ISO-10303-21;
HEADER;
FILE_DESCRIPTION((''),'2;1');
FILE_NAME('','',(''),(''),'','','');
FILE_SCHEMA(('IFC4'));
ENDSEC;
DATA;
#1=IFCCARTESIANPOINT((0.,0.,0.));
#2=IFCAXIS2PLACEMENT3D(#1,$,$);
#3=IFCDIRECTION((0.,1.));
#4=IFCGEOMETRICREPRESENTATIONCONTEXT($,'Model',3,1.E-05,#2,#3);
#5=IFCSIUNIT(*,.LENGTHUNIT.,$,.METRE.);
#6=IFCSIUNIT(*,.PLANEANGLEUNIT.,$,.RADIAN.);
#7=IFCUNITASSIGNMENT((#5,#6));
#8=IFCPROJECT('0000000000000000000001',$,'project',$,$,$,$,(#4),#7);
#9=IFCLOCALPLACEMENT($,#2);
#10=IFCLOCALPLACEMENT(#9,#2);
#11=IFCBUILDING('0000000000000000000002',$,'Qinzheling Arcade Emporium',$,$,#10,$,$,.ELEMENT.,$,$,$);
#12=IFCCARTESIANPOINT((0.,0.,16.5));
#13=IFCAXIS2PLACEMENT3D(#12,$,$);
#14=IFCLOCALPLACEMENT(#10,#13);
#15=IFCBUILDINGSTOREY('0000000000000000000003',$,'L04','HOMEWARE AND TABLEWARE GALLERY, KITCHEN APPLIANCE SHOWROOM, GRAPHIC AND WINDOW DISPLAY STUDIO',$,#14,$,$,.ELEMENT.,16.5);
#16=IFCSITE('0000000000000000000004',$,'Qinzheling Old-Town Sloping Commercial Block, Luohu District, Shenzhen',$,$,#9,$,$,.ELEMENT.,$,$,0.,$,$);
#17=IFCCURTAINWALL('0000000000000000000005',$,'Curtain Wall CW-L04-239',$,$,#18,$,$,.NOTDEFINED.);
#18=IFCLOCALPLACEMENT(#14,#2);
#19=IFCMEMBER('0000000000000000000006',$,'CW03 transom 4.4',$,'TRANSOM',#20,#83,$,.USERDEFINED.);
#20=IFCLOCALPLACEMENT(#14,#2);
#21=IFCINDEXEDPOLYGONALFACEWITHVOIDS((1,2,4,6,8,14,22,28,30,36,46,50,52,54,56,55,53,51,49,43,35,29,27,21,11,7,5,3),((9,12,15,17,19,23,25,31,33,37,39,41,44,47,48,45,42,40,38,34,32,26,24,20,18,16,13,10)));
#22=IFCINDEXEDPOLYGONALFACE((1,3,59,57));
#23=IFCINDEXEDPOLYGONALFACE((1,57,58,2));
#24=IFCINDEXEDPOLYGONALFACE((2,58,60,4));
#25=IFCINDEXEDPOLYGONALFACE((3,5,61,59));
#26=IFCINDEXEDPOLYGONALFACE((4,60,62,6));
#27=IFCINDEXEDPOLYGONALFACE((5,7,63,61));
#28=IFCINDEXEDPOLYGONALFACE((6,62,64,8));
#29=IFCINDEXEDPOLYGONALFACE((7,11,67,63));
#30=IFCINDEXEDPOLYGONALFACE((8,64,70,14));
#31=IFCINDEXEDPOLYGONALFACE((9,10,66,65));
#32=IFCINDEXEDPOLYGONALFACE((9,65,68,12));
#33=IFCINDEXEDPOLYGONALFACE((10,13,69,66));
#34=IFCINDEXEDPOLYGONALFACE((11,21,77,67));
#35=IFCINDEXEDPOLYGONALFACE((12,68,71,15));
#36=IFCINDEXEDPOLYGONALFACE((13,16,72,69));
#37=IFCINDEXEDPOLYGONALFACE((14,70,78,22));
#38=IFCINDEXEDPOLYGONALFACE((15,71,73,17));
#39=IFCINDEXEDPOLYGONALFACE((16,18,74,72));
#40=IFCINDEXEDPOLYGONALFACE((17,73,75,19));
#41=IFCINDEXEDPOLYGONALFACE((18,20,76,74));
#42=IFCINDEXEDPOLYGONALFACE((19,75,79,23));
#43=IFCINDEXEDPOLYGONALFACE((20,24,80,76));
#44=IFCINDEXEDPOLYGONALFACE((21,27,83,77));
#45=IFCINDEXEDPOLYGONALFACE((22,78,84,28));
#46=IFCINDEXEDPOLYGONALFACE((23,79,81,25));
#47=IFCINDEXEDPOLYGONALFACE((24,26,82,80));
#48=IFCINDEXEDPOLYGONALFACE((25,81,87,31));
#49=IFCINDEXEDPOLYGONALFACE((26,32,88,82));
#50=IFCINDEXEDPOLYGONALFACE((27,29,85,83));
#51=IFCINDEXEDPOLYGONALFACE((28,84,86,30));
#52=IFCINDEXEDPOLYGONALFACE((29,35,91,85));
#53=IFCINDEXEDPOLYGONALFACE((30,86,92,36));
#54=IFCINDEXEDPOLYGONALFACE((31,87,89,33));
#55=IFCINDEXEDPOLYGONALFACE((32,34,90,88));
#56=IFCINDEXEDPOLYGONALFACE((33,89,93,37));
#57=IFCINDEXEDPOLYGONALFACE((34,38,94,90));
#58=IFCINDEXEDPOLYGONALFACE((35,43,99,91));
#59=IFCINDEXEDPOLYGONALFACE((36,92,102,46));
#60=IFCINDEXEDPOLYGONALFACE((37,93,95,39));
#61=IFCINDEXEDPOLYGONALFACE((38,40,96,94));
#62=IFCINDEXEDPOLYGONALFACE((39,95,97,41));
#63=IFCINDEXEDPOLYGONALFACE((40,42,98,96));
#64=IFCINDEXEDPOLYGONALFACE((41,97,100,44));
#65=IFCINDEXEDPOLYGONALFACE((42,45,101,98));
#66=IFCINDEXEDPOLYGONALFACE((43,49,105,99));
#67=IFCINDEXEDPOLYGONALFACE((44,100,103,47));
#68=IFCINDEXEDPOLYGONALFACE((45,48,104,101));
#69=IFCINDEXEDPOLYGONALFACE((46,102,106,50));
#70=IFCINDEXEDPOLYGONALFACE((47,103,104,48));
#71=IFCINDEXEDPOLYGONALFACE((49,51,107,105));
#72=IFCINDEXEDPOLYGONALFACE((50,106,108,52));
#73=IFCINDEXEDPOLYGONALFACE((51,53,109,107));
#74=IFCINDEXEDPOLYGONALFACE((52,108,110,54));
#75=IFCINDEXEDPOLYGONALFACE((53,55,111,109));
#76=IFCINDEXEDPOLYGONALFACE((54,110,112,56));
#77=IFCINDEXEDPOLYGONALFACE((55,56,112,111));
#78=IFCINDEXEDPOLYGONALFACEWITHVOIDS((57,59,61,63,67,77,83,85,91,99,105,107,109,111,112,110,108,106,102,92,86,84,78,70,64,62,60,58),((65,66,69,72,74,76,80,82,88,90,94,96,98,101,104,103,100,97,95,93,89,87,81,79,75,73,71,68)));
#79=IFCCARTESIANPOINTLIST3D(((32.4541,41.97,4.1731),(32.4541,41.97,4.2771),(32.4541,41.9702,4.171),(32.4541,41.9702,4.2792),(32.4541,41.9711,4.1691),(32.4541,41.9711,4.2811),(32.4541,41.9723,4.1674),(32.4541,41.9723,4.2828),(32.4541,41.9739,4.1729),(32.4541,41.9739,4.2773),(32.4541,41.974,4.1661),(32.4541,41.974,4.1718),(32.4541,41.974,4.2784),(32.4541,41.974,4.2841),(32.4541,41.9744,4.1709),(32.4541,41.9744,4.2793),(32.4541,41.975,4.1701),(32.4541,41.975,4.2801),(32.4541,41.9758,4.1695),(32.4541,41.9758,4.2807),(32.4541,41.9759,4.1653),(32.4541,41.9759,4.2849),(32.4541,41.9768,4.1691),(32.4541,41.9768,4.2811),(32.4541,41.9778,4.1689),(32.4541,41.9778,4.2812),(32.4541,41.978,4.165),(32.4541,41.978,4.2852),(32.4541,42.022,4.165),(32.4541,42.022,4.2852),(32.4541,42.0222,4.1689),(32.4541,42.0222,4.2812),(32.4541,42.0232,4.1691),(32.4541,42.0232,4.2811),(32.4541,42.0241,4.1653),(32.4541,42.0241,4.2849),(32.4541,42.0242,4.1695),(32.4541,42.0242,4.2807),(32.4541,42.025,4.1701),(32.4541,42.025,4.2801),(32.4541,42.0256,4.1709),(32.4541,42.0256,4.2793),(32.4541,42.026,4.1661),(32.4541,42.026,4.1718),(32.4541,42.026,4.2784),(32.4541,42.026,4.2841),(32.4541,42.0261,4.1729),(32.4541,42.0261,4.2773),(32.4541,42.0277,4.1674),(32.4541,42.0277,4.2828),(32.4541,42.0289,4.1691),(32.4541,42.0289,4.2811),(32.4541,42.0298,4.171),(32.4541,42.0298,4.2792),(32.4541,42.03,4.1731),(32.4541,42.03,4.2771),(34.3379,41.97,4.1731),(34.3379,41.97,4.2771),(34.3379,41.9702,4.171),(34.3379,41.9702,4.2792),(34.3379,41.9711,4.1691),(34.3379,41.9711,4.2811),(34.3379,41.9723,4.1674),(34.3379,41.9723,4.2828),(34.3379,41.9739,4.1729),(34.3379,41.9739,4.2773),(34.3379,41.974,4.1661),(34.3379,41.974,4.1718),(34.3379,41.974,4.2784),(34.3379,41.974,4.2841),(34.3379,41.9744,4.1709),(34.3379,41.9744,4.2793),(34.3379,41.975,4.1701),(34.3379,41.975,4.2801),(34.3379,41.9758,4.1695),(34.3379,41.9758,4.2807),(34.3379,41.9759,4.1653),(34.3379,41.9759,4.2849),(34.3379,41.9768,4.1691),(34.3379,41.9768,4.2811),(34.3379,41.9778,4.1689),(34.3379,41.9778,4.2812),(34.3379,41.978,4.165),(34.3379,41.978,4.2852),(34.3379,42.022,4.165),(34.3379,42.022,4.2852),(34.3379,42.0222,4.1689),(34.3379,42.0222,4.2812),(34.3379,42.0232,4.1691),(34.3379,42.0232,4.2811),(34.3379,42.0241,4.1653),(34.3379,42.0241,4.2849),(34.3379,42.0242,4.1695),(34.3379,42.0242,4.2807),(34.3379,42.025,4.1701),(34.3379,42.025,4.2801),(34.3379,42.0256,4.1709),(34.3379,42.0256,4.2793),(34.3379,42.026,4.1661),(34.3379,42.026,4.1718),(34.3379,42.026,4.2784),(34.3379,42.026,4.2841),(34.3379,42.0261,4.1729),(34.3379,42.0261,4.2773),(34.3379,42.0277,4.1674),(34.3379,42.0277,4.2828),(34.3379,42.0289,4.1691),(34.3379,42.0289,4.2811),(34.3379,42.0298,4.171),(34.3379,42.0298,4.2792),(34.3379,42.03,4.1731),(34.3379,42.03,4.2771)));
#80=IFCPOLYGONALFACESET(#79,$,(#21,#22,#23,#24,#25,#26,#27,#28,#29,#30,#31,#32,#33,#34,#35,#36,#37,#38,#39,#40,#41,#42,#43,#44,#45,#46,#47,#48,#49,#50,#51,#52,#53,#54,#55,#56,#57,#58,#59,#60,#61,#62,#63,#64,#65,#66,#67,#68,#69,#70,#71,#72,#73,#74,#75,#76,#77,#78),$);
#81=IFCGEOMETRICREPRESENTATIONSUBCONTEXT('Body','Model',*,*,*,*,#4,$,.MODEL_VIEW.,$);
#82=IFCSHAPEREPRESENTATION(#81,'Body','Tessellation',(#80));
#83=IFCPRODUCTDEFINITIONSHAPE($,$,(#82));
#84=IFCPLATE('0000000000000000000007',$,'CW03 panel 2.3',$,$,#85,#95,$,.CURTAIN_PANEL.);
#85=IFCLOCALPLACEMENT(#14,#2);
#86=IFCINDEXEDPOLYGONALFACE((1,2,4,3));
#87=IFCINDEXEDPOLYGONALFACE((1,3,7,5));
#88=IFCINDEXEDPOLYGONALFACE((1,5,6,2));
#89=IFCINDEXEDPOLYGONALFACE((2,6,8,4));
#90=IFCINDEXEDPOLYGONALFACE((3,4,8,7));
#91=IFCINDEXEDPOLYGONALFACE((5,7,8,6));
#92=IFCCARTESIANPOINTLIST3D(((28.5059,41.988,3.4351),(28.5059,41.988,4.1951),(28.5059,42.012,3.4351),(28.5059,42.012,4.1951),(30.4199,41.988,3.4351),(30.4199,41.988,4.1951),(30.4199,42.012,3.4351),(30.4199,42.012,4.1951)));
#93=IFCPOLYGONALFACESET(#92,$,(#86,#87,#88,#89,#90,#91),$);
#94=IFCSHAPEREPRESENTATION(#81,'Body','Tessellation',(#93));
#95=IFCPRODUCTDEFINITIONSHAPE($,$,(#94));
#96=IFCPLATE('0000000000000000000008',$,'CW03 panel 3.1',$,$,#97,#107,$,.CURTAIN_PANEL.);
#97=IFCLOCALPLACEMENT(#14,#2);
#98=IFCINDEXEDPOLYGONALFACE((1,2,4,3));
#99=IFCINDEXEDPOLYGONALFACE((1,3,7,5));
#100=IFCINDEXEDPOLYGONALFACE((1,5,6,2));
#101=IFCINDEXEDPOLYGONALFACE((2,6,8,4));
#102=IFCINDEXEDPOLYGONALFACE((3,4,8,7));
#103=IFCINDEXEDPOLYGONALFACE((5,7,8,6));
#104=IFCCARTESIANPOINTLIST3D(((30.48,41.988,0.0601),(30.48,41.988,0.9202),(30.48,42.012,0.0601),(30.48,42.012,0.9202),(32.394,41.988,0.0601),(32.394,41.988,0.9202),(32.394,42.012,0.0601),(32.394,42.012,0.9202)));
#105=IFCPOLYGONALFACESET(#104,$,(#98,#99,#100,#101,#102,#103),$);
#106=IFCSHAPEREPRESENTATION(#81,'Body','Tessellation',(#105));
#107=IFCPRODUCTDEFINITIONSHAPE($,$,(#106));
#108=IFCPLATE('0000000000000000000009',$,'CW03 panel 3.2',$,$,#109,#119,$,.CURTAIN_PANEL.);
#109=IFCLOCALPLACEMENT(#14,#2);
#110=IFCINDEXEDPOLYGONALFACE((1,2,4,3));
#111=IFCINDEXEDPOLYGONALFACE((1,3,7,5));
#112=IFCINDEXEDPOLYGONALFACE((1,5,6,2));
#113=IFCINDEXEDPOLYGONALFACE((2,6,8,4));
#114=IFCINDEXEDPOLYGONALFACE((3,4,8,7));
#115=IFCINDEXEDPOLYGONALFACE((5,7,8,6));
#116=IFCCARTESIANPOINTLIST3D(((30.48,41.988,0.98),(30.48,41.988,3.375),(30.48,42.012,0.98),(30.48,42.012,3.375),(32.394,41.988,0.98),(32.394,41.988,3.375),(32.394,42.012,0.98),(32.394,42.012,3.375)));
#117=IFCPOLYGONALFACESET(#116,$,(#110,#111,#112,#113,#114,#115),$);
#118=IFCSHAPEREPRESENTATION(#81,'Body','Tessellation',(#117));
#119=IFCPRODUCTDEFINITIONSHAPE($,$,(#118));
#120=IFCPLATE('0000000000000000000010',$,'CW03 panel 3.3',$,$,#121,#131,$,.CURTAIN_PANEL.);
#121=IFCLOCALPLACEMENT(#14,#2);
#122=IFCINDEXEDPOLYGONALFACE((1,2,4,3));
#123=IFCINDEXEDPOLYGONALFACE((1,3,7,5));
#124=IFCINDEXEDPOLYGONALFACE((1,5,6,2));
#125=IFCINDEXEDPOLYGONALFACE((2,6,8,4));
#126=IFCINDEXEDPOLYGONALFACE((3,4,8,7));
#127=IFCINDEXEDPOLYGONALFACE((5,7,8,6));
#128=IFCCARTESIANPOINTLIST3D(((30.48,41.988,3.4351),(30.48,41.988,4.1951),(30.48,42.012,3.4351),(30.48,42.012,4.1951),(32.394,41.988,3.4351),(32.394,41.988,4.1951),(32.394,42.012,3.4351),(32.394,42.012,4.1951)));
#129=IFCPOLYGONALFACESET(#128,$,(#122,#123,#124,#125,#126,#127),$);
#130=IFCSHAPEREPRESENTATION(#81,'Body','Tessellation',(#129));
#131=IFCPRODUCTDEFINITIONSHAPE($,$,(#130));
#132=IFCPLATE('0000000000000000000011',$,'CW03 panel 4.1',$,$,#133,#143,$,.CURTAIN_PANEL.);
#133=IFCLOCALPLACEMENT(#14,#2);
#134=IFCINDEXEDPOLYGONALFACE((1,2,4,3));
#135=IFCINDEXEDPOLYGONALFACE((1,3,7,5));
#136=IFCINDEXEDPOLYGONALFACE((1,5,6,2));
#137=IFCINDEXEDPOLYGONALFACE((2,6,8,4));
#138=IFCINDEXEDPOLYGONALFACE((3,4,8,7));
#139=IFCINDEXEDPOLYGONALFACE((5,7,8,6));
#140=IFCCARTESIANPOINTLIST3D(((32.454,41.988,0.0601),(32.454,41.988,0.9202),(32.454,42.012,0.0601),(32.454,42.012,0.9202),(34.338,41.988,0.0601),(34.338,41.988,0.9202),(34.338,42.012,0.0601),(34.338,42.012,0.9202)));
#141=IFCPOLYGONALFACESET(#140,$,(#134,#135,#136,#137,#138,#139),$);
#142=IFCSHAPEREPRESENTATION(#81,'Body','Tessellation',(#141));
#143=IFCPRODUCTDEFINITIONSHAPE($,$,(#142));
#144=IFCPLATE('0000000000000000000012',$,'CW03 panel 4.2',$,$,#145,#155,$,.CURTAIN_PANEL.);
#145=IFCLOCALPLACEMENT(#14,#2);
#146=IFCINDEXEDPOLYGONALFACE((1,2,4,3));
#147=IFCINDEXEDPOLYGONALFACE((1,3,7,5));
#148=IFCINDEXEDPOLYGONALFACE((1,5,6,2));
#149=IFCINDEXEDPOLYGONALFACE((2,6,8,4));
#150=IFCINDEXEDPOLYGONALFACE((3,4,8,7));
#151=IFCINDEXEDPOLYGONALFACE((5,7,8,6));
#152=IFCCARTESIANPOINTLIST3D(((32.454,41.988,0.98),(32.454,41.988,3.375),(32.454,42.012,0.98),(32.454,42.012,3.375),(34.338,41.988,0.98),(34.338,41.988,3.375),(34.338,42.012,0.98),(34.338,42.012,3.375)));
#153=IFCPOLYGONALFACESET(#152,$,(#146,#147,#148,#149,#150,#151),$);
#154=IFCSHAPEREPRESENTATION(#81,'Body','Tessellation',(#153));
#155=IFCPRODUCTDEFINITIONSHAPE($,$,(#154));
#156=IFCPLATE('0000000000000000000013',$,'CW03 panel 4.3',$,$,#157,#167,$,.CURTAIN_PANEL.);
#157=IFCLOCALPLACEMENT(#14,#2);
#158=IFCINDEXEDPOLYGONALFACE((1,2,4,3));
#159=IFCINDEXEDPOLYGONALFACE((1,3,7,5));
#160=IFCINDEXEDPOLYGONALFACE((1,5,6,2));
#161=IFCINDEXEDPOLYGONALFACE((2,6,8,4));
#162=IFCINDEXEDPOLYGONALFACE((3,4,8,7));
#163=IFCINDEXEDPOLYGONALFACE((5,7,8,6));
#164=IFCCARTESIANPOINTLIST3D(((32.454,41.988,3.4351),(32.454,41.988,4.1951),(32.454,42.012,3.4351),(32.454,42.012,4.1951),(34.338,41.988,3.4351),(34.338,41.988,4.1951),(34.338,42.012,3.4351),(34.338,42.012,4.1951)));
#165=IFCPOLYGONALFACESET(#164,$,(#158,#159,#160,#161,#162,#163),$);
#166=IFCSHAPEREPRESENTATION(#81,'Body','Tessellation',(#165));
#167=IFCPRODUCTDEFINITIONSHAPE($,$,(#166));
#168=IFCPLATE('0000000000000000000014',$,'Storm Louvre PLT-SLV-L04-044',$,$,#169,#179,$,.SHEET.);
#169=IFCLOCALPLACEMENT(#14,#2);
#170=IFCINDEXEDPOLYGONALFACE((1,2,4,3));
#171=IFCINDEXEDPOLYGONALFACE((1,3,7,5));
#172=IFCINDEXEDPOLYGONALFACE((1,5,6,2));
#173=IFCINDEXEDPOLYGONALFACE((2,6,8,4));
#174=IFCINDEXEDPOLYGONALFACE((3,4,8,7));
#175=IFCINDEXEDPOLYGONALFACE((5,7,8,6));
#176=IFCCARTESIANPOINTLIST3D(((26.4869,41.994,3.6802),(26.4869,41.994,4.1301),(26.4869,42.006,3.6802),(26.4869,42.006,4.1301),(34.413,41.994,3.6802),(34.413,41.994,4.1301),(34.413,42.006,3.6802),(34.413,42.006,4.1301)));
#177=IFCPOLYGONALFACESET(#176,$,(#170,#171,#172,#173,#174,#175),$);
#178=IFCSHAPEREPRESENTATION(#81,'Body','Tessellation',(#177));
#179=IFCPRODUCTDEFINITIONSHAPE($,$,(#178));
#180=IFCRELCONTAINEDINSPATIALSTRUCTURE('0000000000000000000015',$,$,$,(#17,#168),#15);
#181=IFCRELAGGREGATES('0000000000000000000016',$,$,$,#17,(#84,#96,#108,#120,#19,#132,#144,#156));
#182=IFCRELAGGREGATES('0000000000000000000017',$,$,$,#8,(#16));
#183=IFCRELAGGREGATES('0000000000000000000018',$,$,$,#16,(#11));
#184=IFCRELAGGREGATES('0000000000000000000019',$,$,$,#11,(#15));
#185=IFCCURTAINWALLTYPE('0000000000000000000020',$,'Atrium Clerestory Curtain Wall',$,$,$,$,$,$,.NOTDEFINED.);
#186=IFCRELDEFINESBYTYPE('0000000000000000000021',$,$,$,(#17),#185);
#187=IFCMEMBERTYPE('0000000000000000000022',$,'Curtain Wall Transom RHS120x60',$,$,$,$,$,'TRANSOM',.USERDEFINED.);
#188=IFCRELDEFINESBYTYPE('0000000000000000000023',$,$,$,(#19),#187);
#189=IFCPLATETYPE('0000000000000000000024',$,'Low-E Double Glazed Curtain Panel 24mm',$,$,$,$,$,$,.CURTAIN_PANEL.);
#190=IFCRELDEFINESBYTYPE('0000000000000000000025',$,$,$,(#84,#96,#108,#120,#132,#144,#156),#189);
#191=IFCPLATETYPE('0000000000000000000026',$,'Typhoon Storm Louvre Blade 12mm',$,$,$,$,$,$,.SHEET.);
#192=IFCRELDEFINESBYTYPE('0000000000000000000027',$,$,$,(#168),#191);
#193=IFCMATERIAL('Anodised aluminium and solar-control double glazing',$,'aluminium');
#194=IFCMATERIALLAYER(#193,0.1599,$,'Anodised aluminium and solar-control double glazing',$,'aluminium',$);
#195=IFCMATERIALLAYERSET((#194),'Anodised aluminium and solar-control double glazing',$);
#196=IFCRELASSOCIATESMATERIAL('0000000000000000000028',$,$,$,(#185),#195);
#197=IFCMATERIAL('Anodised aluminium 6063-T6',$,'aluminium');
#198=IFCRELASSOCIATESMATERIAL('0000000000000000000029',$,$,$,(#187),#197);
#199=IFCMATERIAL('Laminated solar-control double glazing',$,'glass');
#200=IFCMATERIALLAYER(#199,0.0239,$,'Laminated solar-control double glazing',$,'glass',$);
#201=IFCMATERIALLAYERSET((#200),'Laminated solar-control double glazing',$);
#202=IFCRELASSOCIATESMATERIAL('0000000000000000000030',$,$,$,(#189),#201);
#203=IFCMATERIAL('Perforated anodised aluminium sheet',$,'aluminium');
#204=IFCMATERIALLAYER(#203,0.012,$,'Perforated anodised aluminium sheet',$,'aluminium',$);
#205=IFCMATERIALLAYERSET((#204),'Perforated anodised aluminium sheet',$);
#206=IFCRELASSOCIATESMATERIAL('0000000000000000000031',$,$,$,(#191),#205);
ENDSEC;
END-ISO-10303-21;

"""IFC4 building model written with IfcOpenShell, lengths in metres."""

from ifc_helpers import new_model, si_unit, direction, frame, origin, origin_2d, place, context, subcontext, project, spatial, rectangle, hollow_rectangle, extrude, material, layer, layer_set, material_profile, profile_set, type_object, element, aggregate, save


model = new_model("IFC4")

# Units and contexts
model_context = context("Model", 3, precision=1e-05, world=origin(), true_north=direction((0.0, 1.0)))
body_context = subcontext(model_context, "Body", "Model", "MODEL_VIEW")
ifc_project = project(units=[si_unit("LENGTHUNIT", "METRE"), si_unit("PLANEANGLEUNIT", "RADIAN")], contexts=[model_context])

# Site, building, storey
site_placement = place(None, origin())
site = spatial("IfcSite", under=ifc_project, at=site_placement, Name="Qinzheling Old-Town Sloping Commercial Block, Luohu District, Shenzhen", CompositionType="ELEMENT", RefElevation=0.0)
building_placement = place(site_placement, origin())
building = spatial("IfcBuilding", under=site, at=building_placement, Name="Qinzheling Arcade Emporium", CompositionType="ELEMENT")
storey_placement = place(building_placement, frame((0.0, 0.0, 16.5)))
storey = spatial("IfcBuildingStorey", under=building, at=storey_placement, Name="L04", Description="HOMEWARE AND TABLEWARE GALLERY, KITCHEN APPLIANCE SHOWROOM, GRAPHIC AND WINDOW DISPLAY STUDIO", CompositionType="ELEMENT", Elevation=16.5)

# Curtain wall, member, plates
ifc_material_1 = material(Name="Anodised aluminium and solar-control double glazing", Category="aluminium")
ifc_layer_1 = layer(ifc_material_1, 0.1599, Name="Anodised aluminium and solar-control double glazing", Category="aluminium")
ifc_layer_set_1 = layer_set([ifc_layer_1], Name="Anodised aluminium and solar-control double glazing")
curtain_wall_type = type_object("IfcCurtainWallType", Name="Atrium Clerestory Curtain Wall", PredefinedType="NOTDEFINED", material=ifc_layer_set_1)
curtain_wall_placement = place(storey_placement, origin())
curtain_wall = element("IfcCurtainWall", 1, at=curtain_wall_placement, inside=storey, type_object=curtain_wall_type, Name="Curtain Wall CW-L04-239", PredefinedType="NOTDEFINED")
ifc_material_2 = material(Name="Anodised aluminium 6063-T6", Category="aluminium")
ifc_material_profile_1 = material_profile(ifc_material_2, hollow_rectangle(XDim=0.0601, YDim=0.1201, WallThickness=0.0039, InnerFilletRadius=0.0039, OuterFilletRadius=0.0081, at=origin_2d()), Name="RHS 120x60x4", Category="aluminium")
ifc_profile_set_1 = profile_set([ifc_material_profile_1], Name="Anodised aluminium 6063-T6")
member_type_1 = type_object("IfcMemberType", Name="Curtain Wall Transom RHS120x60", ElementType="TRANSOM", PredefinedType="USERDEFINED", material=ifc_profile_set_1)
member_1_placement = place(storey_placement, frame((32.4541, 42.0, 4.2251), z_axis=(1.0, 0.0, 0.0), x_axis=(0.0, 1.0, 0.0)))
member_1 = element("IfcMember", 2, at=member_1_placement, type_object=member_type_1, Name="CW03 transom 4.4", ObjectType="TRANSOM", PredefinedType="USERDEFINED", context=body_context, shape_type="SweptSolid", body=[
    extrude(hollow_rectangle(XDim=0.0601, YDim=0.1201, WallThickness=0.0039, InnerFilletRadius=0.0039, OuterFilletRadius=0.0081, at=origin_2d()), origin(), (0.0, 0.0, 1.0), 1.8838),
])
ifc_material_3 = material(Name="Laminated solar-control double glazing", Category="glass")
ifc_layer_2 = layer(ifc_material_3, 0.0239, Name="Laminated solar-control double glazing", Category="glass")
ifc_layer_set_2 = layer_set([ifc_layer_2], Name="Laminated solar-control double glazing")
plate_type_1 = type_object("IfcPlateType", Name="Low-E Double Glazed Curtain Panel 24mm", PredefinedType="CURTAIN_PANEL", material=ifc_layer_set_2)
plate_1_placement = place(storey_placement, frame((29.4629, 42.0, 3.4351), z_axis=(0.0, 0.0, 1.0), x_axis=(1.0, 0.0, 0.0)))
plate_1 = element("IfcPlate", 3, at=plate_1_placement, type_object=plate_type_1, Name="CW03 panel 2.3", PredefinedType="CURTAIN_PANEL", context=body_context, shape_type="SweptSolid", body=[
    extrude(rectangle(XDim=1.9141, YDim=0.0239, at=origin_2d()), origin(), (0.0, 0.0, 1.0), 0.76),
])
plate_2_placement = place(storey_placement, frame((31.437, 42.0, 0.0601), z_axis=(0.0, 0.0, 1.0), x_axis=(1.0, 0.0, 0.0)))
plate_2 = element("IfcPlate", 4, at=plate_2_placement, type_object=plate_type_1, Name="CW03 panel 3.1", PredefinedType="CURTAIN_PANEL", context=body_context, shape_type="SweptSolid", body=[
    extrude(rectangle(XDim=1.9141, YDim=0.0239, at=origin_2d()), origin(), (0.0, 0.0, 1.0), 0.8601),
])
plate_3_placement = place(storey_placement, frame((31.437, 42.0, 0.98), z_axis=(0.0, 0.0, 1.0), x_axis=(1.0, 0.0, 0.0)))
plate_3 = element("IfcPlate", 5, at=plate_3_placement, type_object=plate_type_1, Name="CW03 panel 3.2", PredefinedType="CURTAIN_PANEL", context=body_context, shape_type="SweptSolid", body=[
    extrude(rectangle(XDim=1.9141, YDim=0.0239, at=origin_2d()), origin(), (0.0, 0.0, 1.0), 2.395),
])
plate_4_placement = place(storey_placement, frame((31.437, 42.0, 3.4351), z_axis=(0.0, 0.0, 1.0), x_axis=(1.0, 0.0, 0.0)))
plate_4 = element("IfcPlate", 6, at=plate_4_placement, type_object=plate_type_1, Name="CW03 panel 3.3", PredefinedType="CURTAIN_PANEL", context=body_context, shape_type="SweptSolid", body=[
    extrude(rectangle(XDim=1.9141, YDim=0.0239, at=origin_2d()), origin(), (0.0, 0.0, 1.0), 0.76),
])
plate_5_placement = place(storey_placement, frame((33.396, 42.0, 0.0601), z_axis=(0.0, 0.0, 1.0), x_axis=(1.0, 0.0, 0.0)))
plate_5 = element("IfcPlate", 7, at=plate_5_placement, type_object=plate_type_1, Name="CW03 panel 4.1", PredefinedType="CURTAIN_PANEL", context=body_context, shape_type="SweptSolid", body=[
    extrude(rectangle(XDim=1.884, YDim=0.0239, at=origin_2d()), origin(), (0.0, 0.0, 1.0), 0.8601),
])
plate_6_placement = place(storey_placement, frame((33.396, 42.0, 0.98), z_axis=(0.0, 0.0, 1.0), x_axis=(1.0, 0.0, 0.0)))
plate_6 = element("IfcPlate", 8, at=plate_6_placement, type_object=plate_type_1, Name="CW03 panel 4.2", PredefinedType="CURTAIN_PANEL", context=body_context, shape_type="SweptSolid", body=[
    extrude(rectangle(XDim=1.884, YDim=0.0239, at=origin_2d()), origin(), (0.0, 0.0, 1.0), 2.395),
])
plate_7_placement = place(storey_placement, frame((33.396, 42.0, 3.4351), z_axis=(0.0, 0.0, 1.0), x_axis=(1.0, 0.0, 0.0)))
plate_7 = element("IfcPlate", 9, at=plate_7_placement, type_object=plate_type_1, Name="CW03 panel 4.3", PredefinedType="CURTAIN_PANEL", context=body_context, shape_type="SweptSolid", body=[
    extrude(rectangle(XDim=1.884, YDim=0.0239, at=origin_2d()), origin(), (0.0, 0.0, 1.0), 0.76),
])
aggregate(curtain_wall, [plate_1, plate_2, plate_3, plate_4, member_1, plate_5, plate_6, plate_7])

# Plate
ifc_material_4 = material(Name="Perforated anodised aluminium sheet", Category="aluminium")
ifc_layer_3 = layer(ifc_material_4, 0.012, Name="Perforated anodised aluminium sheet", Category="aluminium")
ifc_layer_set_3 = layer_set([ifc_layer_3], Name="Perforated anodised aluminium sheet")
plate_type_2 = type_object("IfcPlateType", Name="Typhoon Storm Louvre Blade 12mm", PredefinedType="SHEET", material=ifc_layer_set_3)
plate_8_placement = place(storey_placement, frame((30.45, 42.0, 3.6802), z_axis=(0.0, 0.0, 1.0), x_axis=(1.0, 0.0, 0.0)))
element("IfcPlate", 10, at=plate_8_placement, inside=storey, type_object=plate_type_2, Name="Storm Louvre PLT-SLV-L04-044", PredefinedType="SHEET", context=body_context, shape_type="SweptSolid", body=[
    extrude(rectangle(XDim=7.926, YDim=0.012, at=origin_2d()), origin(), (0.0, 0.0, 1.0), 0.45),
])

save(model, "model.ifc")
